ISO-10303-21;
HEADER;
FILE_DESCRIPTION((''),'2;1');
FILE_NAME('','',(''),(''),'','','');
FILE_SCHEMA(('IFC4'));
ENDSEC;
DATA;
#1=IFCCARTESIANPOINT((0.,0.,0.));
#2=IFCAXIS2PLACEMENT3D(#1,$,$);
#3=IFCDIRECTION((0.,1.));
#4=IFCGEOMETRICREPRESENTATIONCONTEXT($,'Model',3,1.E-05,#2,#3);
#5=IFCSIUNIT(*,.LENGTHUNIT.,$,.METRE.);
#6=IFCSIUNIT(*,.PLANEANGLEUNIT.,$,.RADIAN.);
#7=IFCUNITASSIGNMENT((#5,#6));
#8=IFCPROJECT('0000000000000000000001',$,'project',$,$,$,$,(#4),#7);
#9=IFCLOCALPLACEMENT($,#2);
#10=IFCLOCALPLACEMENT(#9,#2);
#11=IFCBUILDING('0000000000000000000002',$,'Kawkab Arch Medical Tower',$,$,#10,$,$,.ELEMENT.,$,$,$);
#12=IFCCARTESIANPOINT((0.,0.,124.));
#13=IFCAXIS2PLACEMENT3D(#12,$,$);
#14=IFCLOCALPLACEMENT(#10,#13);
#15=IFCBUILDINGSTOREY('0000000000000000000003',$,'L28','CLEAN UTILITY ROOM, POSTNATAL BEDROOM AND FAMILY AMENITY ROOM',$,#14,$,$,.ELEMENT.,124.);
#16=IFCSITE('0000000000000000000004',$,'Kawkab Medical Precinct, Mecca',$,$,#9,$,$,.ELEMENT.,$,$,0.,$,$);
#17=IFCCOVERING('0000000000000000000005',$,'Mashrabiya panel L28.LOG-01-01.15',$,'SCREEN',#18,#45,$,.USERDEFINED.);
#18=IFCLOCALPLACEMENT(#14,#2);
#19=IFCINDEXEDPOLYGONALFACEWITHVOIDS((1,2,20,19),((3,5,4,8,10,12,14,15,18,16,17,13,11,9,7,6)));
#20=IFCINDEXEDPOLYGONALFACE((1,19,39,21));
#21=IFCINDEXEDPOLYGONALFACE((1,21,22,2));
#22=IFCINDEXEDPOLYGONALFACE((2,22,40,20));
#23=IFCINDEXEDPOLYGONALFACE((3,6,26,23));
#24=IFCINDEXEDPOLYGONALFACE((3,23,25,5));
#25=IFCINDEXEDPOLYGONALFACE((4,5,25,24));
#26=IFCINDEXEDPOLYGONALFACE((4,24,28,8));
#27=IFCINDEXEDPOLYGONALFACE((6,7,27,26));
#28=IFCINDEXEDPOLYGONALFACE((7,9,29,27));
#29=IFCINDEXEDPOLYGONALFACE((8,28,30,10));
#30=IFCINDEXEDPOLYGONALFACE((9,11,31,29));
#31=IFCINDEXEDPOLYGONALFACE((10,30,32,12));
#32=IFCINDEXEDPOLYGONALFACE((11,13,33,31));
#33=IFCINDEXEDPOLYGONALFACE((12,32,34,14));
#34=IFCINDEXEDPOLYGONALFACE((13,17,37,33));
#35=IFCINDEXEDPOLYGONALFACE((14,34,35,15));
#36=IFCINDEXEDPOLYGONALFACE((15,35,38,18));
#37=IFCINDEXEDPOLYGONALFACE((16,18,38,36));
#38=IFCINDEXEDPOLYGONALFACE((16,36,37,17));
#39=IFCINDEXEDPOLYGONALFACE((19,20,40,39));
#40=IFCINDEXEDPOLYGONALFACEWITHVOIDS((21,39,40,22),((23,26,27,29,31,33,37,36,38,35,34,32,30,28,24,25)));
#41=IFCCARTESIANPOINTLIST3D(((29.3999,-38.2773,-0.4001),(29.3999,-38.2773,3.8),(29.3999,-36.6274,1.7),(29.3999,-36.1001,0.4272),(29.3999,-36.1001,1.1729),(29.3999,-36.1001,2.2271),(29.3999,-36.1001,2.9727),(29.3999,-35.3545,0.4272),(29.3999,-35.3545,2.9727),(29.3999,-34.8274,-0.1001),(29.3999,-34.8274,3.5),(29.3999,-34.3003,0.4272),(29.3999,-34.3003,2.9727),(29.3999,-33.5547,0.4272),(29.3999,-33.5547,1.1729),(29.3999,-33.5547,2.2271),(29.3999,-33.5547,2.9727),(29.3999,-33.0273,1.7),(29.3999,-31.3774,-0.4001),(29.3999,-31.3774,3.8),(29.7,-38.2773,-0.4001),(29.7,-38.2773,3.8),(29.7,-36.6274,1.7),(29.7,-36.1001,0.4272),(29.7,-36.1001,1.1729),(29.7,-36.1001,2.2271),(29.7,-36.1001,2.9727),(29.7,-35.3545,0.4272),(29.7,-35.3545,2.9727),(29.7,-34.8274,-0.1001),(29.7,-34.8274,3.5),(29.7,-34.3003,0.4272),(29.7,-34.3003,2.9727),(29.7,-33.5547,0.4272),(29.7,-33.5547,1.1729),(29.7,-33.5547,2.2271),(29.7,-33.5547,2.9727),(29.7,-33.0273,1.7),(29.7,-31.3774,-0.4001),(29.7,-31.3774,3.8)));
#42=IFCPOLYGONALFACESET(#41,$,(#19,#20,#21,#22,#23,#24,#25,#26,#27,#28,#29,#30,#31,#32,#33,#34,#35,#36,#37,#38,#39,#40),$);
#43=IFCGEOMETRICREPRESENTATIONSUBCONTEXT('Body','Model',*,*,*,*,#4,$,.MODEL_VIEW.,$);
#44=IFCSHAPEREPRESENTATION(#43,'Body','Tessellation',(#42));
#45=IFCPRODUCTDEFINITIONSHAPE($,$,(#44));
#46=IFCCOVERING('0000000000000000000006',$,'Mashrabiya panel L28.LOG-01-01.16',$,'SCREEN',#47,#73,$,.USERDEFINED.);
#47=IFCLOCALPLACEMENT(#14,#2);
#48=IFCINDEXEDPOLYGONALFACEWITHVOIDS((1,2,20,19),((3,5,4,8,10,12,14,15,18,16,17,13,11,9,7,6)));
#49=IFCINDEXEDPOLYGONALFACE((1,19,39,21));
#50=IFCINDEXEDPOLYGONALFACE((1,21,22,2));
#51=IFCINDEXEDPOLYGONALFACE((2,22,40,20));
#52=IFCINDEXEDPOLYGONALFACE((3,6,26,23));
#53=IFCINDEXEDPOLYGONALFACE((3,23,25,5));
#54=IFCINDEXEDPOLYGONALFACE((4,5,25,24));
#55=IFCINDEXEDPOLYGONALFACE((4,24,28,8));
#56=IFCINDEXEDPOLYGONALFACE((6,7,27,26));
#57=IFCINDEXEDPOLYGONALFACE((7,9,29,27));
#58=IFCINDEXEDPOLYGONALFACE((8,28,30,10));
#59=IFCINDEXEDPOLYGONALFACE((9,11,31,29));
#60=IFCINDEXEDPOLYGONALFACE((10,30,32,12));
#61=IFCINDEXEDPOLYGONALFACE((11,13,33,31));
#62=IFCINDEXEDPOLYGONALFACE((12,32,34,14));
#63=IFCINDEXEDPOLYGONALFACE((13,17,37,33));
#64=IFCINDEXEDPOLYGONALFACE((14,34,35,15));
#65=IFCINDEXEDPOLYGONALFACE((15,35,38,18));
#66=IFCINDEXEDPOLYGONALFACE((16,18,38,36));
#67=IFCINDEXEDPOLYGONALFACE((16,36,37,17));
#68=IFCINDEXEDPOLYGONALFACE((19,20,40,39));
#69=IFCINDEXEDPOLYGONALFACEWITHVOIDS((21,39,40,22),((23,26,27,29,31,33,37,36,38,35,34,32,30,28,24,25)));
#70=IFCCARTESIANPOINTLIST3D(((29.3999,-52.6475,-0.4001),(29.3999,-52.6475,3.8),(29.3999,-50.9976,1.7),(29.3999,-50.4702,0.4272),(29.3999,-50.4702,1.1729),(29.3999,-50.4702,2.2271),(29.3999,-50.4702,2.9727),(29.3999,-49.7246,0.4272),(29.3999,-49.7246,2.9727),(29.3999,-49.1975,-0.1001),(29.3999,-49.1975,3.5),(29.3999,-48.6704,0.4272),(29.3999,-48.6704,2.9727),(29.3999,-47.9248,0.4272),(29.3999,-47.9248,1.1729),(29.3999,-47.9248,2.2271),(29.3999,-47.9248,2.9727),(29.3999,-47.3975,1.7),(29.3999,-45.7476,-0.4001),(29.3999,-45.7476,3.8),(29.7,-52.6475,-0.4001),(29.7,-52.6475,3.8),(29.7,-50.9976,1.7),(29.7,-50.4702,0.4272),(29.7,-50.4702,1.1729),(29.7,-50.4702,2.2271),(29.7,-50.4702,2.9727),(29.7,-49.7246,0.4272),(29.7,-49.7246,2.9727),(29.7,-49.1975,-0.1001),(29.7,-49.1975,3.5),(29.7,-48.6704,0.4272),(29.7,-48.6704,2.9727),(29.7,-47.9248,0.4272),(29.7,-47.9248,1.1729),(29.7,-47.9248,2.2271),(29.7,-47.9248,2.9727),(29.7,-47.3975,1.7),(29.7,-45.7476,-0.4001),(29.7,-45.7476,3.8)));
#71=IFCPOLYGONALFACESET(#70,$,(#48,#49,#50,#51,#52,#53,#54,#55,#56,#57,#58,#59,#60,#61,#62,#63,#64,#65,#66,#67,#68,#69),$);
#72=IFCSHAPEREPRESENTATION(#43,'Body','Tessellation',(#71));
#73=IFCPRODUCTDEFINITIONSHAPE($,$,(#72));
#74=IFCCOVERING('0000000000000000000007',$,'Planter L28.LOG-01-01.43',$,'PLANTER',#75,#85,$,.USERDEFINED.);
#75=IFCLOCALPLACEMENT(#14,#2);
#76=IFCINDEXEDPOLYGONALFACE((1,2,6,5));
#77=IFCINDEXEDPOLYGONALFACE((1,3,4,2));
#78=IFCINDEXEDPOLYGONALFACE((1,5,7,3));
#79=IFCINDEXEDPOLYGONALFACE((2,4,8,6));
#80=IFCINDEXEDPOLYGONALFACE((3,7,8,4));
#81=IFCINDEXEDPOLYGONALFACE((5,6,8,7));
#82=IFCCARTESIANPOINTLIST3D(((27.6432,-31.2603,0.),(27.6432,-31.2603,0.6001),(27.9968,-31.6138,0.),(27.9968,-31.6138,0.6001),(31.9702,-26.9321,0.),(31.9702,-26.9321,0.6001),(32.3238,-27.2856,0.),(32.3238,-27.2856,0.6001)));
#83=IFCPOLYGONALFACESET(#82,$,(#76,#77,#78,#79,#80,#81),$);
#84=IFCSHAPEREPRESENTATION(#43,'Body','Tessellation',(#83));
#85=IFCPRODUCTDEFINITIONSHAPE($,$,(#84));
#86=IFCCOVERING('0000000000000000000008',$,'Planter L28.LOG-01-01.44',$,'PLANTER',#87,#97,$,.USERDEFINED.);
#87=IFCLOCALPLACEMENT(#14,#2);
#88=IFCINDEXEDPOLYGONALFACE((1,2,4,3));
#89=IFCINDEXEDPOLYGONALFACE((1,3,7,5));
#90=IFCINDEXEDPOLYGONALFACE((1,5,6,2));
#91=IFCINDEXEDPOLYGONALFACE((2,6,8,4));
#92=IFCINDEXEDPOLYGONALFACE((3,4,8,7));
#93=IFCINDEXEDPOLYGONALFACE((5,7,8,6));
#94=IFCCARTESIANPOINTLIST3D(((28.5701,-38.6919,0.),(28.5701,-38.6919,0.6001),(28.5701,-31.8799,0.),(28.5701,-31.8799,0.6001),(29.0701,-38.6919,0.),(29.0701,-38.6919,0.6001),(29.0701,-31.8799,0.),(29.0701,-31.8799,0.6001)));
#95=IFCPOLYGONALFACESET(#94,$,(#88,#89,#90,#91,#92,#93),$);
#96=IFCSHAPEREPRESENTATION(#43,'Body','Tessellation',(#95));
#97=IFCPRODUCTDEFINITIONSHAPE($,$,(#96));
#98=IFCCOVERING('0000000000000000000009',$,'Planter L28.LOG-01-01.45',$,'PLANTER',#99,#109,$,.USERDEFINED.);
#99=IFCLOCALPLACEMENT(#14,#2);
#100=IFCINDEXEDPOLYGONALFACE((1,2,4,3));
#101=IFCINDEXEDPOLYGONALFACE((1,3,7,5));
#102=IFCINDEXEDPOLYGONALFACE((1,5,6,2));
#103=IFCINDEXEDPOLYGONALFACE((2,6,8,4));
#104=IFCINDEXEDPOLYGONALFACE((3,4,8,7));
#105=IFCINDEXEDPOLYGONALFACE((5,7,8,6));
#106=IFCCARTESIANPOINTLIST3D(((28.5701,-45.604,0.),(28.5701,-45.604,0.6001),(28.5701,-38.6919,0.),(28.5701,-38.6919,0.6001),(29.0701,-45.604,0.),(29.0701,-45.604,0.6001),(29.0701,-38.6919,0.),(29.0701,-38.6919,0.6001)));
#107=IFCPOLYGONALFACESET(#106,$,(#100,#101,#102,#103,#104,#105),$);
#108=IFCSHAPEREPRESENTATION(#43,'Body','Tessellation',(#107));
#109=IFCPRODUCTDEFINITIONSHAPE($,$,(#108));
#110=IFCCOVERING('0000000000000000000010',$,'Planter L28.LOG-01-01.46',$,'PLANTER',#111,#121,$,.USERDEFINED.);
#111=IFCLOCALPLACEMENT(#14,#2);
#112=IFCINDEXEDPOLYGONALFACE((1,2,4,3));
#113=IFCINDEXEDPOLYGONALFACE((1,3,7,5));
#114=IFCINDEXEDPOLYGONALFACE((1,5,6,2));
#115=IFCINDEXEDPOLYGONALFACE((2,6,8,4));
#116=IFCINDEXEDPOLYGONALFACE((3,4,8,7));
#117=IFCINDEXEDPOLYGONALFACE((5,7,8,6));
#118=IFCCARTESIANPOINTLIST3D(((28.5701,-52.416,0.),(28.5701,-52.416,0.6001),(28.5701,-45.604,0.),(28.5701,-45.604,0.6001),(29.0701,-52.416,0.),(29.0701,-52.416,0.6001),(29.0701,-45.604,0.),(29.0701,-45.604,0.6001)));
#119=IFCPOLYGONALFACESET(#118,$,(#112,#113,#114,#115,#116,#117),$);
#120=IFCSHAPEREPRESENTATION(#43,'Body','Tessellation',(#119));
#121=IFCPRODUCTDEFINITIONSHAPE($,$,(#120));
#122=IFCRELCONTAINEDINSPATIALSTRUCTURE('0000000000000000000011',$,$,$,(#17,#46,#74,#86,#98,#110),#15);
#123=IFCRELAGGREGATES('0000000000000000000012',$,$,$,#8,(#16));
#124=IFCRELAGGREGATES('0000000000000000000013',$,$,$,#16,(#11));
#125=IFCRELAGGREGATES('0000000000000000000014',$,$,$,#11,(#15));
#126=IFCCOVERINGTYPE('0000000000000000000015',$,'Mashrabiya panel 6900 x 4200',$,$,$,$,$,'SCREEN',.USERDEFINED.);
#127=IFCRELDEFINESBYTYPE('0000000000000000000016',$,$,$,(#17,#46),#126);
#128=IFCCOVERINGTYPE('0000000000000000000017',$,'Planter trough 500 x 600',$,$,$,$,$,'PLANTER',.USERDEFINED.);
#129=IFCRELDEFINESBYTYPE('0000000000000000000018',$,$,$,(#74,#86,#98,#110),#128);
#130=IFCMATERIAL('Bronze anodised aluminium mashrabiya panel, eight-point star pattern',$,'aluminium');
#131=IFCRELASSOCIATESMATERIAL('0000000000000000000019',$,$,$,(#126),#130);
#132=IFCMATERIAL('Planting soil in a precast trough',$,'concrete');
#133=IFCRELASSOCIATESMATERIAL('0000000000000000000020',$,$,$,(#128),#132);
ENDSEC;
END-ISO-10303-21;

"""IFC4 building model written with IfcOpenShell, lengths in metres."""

from ifc_helpers import new_model, si_unit, direction, frame, origin, origin_2d, place, context, subcontext, project, spatial, polyline, rectangle, outline, extrude, material, material_profile, profile_set, type_object, element, save


model = new_model("IFC4")

# Units and contexts
model_context = context("Model", 3, precision=1e-05, world=origin(), true_north=direction((0.0, 1.0)))
body_context = subcontext(model_context, "Body", "Model", "MODEL_VIEW")
ifc_project = project(units=[si_unit("LENGTHUNIT", "METRE"), si_unit("PLANEANGLEUNIT", "RADIAN")], contexts=[model_context])

# Site, building, storey
site_placement = place(None, origin())
site = spatial("IfcSite", under=ifc_project, at=site_placement, Name="Kawkab Medical Precinct, Mecca", CompositionType="ELEMENT", RefElevation=0.0)
building_placement = place(site_placement, origin())
building = spatial("IfcBuilding", under=site, at=building_placement, Name="Kawkab Arch Medical Tower", CompositionType="ELEMENT")
storey_placement = place(building_placement, frame((0.0, 0.0, 124.0)))
storey = spatial("IfcBuildingStorey", under=building, at=storey_placement, Name="L28", Description="CLEAN UTILITY ROOM, POSTNATAL BEDROOM AND FAMILY AMENITY ROOM", CompositionType="ELEMENT", Elevation=124.0)

# Coverings
ifc_material_1 = material(Name="Bronze anodised aluminium mashrabiya panel, eight-point star pattern", Category="aluminium")
ifc_material_profile_1 = material_profile(ifc_material_1, outline(polyline([(-3.45, -2.1001), (3.45, -2.1001), (3.45, 2.1001), (-3.45, 2.1001), (-3.45, -2.1001)]), holes=[polyline([(1.8, 0.0), (1.2727, 0.5271), (1.2727, 1.2727), (0.5271, 1.2727), (0.0, 1.8), (-0.5271, 1.2727), (-1.2727, 1.2727), (-1.2727, 0.5271), (-1.8, 0.0), (-1.2727, -0.5271), (-1.2727, -1.2727), (-0.5271, -1.2727), (0.0, -1.8), (0.5271, -1.2727), (1.2727, -1.2727), (1.2727, -0.5271), (1.8, 0.0)])]), Name="Mashrabiya panel 6900x4200")
ifc_profile_set_1 = profile_set([ifc_material_profile_1], Name="Bronze anodised aluminium mashrabiya panel, eight-point star pattern")
covering_type_1 = type_object("IfcCoveringType", Name="Mashrabiya panel 6900 x 4200", ElementType="SCREEN", PredefinedType="USERDEFINED", material=ifc_profile_set_1)
for number, where, z_axis, x_axis, name in (
    (1, (29.3999, -34.8274, 1.7), (1.0, 0.0, 0.0), (0.0, 1.0, 0.0), "Mashrabiya panel L28.LOG-01-01.15"),
    (2, (29.3999, -49.1975, 1.7), (1.0, 0.0, 0.0), (0.0, 1.0, 0.0), "Mashrabiya panel L28.LOG-01-01.16"),
):
    element("IfcCovering", number, at=place(storey_placement, frame(where, z_axis=z_axis, x_axis=x_axis)), inside=storey, type_object=covering_type_1, Name=name, ObjectType="SCREEN", PredefinedType="USERDEFINED", context=body_context, shape_type="SweptSolid", body=[
        extrude(outline(polyline([(-3.45, -2.1001), (3.45, -2.1001), (3.45, 2.1001), (-3.45, 2.1001), (-3.45, -2.1001)]), holes=[polyline([(1.8, 0.0), (1.2727, 0.5271), (1.2727, 1.2727), (0.5271, 1.2727), (0.0, 1.8), (-0.5271, 1.2727), (-1.2727, 1.2727), (-1.2727, 0.5271), (-1.8, 0.0), (-1.2727, -0.5271), (-1.2727, -1.2727), (-0.5271, -1.2727), (0.0, -1.8), (0.5271, -1.2727), (1.2727, -1.2727), (1.2727, -0.5271), (1.8, 0.0)])]), origin(), (0.0, 0.0, 1.0), 0.3),
    ])
ifc_material_2 = material(Name="Planting soil in a precast trough", Category="concrete")
ifc_material_profile_2 = material_profile(ifc_material_2, rectangle(XDim=0.5, YDim=0.6001, at=origin_2d()), Name="Trough 500x600")
ifc_profile_set_2 = profile_set([ifc_material_profile_2], Name="Planting soil in a precast trough")
covering_type_2 = type_object("IfcCoveringType", Name="Planter trough 500 x 600", ElementType="PLANTER", PredefinedType="USERDEFINED", material=ifc_profile_set_2)
covering_1_placement = place(storey_placement, frame((32.147, -27.1089, 0.3), z_axis=(-0.707007, -0.707207, 0.0), x_axis=(0.707207, -0.707007, 0.0)))
element("IfcCovering", 3, at=covering_1_placement, inside=storey, type_object=covering_type_2, Name="Planter L28.LOG-01-01.43", ObjectType="PLANTER", PredefinedType="USERDEFINED", context=body_context, shape_type="SweptSolid", body=[
    extrude(rectangle(XDim=0.5, YDim=0.6001, at=origin_2d()), origin(), (0.0, 0.0, 1.0), 6.1201),
])
covering_2_placement = place(storey_placement, frame((28.8201, -31.8799, 0.3), z_axis=(0.0, -1.0, 0.0), x_axis=(1.0, 0.0, 0.0)))
element("IfcCovering", 4, at=covering_2_placement, inside=storey, type_object=covering_type_2, Name="Planter L28.LOG-01-01.44", ObjectType="PLANTER", PredefinedType="USERDEFINED", context=body_context, shape_type="SweptSolid", body=[
    extrude(rectangle(XDim=0.5, YDim=0.6001, at=origin_2d()), origin(), (0.0, 0.0, 1.0), 6.812),
])
covering_3_placement = place(storey_placement, frame((28.8201, -38.6919, 0.3), z_axis=(0.0, -1.0, 0.0), x_axis=(1.0, 0.0, 0.0)))
element("IfcCovering", 5, at=covering_3_placement, inside=storey, type_object=covering_type_2, Name="Planter L28.LOG-01-01.45", ObjectType="PLANTER", PredefinedType="USERDEFINED", context=body_context, shape_type="SweptSolid", body=[
    extrude(rectangle(XDim=0.5, YDim=0.6001, at=origin_2d()), origin(), (0.0, 0.0, 1.0), 6.9121),
])
covering_4_placement = place(storey_placement, frame((28.8201, -45.604, 0.3), z_axis=(0.0, -1.0, 0.0), x_axis=(1.0, 0.0, 0.0)))
element("IfcCovering", 6, at=covering_4_placement, inside=storey, type_object=covering_type_2, Name="Planter L28.LOG-01-01.46", ObjectType="PLANTER", PredefinedType="USERDEFINED", context=body_context, shape_type="SweptSolid", body=[
    extrude(rectangle(XDim=0.5, YDim=0.6001, at=origin_2d()), origin(), (0.0, 0.0, 1.0), 6.812),
])

save(model, "model.ifc")
